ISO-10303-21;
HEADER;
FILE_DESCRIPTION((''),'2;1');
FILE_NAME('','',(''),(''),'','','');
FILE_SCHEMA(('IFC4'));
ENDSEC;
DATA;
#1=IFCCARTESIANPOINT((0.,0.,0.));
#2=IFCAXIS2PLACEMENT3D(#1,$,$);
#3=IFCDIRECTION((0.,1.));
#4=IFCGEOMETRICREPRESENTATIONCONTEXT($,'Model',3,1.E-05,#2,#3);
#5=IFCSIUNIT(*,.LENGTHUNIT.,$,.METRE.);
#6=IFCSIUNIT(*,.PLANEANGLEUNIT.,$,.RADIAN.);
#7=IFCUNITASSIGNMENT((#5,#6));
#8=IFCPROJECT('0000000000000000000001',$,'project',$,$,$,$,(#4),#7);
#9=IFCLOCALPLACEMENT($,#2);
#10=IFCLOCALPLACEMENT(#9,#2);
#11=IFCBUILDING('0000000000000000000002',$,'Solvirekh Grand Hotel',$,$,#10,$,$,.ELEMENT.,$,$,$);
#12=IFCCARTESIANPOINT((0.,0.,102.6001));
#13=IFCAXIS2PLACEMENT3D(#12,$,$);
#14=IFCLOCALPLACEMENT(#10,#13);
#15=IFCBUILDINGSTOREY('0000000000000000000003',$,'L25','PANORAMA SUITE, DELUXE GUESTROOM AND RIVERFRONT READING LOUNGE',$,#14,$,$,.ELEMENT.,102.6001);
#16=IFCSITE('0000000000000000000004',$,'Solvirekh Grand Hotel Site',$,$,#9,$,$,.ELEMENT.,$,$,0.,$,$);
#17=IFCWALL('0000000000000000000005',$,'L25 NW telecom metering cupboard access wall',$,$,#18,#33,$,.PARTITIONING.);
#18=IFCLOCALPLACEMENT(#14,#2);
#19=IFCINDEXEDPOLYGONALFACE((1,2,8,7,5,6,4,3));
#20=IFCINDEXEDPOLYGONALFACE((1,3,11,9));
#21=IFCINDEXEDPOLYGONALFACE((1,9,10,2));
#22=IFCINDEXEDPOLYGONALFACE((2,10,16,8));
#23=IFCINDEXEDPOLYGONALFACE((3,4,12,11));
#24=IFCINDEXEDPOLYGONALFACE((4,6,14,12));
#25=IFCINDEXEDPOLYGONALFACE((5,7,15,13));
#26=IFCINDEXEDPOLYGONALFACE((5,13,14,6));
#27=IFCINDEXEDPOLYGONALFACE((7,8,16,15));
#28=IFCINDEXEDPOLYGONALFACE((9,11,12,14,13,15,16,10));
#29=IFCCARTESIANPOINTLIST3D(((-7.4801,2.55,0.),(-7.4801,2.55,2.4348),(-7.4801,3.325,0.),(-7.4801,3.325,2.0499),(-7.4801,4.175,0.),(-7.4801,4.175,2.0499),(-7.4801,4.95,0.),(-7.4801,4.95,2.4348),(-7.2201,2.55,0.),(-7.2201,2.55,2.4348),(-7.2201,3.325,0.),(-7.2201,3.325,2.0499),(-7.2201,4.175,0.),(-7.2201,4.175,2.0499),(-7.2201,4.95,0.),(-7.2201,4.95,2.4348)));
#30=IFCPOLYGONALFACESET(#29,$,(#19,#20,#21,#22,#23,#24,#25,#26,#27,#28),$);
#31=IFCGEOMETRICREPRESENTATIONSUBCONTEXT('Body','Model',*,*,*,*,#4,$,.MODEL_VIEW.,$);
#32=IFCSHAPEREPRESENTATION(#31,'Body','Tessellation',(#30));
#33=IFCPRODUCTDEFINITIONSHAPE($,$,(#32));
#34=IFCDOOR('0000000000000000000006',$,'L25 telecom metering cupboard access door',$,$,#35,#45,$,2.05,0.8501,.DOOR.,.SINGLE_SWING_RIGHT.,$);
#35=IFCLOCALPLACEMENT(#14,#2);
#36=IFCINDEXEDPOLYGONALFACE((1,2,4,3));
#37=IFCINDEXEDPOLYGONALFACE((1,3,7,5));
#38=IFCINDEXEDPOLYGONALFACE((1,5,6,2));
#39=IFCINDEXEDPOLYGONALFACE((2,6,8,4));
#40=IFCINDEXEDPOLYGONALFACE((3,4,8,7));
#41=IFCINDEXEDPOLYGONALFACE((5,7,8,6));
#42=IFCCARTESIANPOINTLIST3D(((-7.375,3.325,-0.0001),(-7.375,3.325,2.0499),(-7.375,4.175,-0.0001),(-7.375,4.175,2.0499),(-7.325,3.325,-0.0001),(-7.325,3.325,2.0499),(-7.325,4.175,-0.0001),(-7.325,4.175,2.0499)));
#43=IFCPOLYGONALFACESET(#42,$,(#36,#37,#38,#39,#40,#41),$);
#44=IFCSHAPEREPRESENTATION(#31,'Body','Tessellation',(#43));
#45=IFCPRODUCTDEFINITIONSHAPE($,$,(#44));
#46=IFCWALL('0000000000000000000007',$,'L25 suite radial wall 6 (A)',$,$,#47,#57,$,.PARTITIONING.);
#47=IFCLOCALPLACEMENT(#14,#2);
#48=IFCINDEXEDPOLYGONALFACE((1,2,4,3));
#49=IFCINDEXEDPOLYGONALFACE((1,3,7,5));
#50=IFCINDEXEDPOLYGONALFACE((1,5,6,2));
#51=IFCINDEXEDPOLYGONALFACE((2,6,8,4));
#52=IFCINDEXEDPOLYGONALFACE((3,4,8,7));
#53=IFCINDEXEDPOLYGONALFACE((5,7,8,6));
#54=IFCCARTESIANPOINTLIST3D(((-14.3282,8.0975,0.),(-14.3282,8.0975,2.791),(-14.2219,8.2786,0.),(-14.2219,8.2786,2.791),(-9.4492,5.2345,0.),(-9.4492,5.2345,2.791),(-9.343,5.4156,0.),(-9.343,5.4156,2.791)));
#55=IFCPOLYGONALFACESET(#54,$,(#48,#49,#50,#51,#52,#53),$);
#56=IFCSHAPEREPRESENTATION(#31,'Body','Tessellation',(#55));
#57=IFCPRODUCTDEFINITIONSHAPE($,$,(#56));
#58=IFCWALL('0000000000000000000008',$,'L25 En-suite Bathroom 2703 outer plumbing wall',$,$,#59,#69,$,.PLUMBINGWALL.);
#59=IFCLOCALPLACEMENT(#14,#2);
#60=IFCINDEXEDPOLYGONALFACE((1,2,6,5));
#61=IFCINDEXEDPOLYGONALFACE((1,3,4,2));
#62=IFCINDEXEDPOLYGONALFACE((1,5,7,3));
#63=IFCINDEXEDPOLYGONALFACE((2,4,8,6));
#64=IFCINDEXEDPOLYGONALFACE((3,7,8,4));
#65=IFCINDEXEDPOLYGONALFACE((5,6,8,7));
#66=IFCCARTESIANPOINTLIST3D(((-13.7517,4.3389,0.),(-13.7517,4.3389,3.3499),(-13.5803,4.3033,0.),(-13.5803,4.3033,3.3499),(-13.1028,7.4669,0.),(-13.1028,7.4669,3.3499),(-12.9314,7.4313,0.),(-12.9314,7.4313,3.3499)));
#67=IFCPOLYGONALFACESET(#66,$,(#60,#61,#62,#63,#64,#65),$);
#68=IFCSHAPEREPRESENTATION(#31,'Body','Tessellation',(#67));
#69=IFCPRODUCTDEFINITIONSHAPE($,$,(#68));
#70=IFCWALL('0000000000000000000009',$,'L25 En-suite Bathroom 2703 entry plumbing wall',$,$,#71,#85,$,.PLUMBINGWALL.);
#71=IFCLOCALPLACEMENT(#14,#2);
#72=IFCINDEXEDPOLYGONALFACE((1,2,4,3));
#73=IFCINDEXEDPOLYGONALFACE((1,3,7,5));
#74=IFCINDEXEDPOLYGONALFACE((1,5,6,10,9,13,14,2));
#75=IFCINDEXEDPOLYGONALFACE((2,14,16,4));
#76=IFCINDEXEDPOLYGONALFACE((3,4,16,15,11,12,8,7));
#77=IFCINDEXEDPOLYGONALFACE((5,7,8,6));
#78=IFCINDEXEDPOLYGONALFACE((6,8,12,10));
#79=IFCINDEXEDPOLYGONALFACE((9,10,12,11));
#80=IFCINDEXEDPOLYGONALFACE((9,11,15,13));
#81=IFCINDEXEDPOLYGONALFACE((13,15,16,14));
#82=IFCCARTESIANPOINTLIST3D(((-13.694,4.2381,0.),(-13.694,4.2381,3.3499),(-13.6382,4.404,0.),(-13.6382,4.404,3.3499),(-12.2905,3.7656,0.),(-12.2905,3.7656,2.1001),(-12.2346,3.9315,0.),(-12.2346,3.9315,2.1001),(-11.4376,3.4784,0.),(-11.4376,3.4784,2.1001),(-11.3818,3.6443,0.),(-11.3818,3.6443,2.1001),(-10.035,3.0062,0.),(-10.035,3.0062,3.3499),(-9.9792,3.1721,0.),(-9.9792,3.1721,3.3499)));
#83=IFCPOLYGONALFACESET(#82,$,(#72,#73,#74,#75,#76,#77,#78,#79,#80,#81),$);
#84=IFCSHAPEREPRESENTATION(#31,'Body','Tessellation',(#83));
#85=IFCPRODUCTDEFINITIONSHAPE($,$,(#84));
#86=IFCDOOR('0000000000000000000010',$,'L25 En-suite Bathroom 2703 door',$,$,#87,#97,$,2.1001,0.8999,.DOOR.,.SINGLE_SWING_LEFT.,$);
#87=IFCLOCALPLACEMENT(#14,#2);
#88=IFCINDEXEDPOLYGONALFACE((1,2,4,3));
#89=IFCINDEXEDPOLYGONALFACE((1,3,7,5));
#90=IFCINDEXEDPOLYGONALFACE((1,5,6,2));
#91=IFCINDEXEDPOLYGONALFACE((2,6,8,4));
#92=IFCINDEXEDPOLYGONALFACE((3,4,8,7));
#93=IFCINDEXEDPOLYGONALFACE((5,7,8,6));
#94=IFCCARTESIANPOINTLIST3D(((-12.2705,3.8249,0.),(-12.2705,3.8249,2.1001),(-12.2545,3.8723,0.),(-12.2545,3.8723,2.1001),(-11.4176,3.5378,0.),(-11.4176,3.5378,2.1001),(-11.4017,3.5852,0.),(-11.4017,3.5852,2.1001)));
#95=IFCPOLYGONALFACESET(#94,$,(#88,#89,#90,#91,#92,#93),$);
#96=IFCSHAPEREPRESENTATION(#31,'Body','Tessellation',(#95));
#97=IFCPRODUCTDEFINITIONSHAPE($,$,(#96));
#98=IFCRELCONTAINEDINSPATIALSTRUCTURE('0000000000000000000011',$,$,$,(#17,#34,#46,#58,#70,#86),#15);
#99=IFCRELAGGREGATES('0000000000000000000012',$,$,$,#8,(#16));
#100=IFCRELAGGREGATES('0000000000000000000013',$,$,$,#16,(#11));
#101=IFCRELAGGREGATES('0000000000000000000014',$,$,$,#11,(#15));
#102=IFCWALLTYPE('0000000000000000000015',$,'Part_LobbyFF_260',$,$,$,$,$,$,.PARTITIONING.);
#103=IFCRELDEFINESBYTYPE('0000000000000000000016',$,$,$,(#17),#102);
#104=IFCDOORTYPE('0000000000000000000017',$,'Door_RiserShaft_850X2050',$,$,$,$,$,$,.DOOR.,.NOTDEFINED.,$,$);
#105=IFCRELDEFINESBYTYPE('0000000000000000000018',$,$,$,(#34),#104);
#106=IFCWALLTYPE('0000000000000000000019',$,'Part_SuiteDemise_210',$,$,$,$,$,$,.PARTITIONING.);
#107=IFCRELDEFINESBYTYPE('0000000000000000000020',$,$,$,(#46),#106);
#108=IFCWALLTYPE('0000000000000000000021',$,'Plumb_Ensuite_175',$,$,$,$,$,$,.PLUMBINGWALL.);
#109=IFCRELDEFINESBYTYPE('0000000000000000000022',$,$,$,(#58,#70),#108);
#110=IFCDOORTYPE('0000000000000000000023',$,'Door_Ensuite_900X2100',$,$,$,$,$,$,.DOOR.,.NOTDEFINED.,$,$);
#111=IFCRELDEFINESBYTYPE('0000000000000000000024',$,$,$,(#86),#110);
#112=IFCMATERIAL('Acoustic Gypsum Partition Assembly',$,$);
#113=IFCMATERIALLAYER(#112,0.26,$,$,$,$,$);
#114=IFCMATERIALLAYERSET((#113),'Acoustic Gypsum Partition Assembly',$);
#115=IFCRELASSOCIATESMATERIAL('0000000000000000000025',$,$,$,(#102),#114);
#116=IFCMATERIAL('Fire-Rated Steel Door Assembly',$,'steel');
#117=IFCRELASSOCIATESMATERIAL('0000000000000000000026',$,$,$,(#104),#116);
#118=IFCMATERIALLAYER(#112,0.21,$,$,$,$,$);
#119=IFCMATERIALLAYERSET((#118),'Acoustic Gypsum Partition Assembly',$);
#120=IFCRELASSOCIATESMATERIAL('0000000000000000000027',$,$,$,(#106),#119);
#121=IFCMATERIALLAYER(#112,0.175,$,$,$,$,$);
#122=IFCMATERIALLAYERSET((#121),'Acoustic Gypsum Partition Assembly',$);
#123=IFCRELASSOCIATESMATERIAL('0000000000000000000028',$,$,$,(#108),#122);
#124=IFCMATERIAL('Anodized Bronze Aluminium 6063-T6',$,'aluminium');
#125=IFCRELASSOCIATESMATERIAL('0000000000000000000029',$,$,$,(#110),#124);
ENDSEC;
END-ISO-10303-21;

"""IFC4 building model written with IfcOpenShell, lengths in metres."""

from ifc_helpers import new_model, si_unit, direction, frame, frame_2d, origin, place, context, subcontext, project, spatial, rectangle, extrude, material, layer, layer_set, type_object, element, fill, save


model = new_model("IFC4")

# Units and contexts
model_context = context("Model", 3, precision=1e-05, world=origin(), true_north=direction((0.0, 1.0)))
body_context = subcontext(model_context, "Body", "Model", "MODEL_VIEW")
ifc_project = project(units=[si_unit("LENGTHUNIT", "METRE"), si_unit("PLANEANGLEUNIT", "RADIAN")], contexts=[model_context])

# Site, building, storey
site_placement = place(None, origin())
site = spatial("IfcSite", under=ifc_project, at=site_placement, Name="Solvirekh Grand Hotel Site", CompositionType="ELEMENT", RefElevation=0.0)
building_placement = place(site_placement, origin())
building = spatial("IfcBuilding", under=site, at=building_placement, Name="Solvirekh Grand Hotel", CompositionType="ELEMENT")
storey_placement = place(building_placement, frame((0.0, 0.0, 102.6001)))
storey = spatial("IfcBuildingStorey", under=building, at=storey_placement, Name="L25", Description="PANORAMA SUITE, DELUXE GUESTROOM AND RIVERFRONT READING LOUNGE", CompositionType="ELEMENT", Elevation=102.6001)

# Shared definitions
ifc_material_1 = material(Name="Anodized Bronze Aluminium 6063-T6", Category="aluminium")

# Shared definitions
ifc_material_2 = material(Name="Acoustic Gypsum Partition Assembly")

# Shared definitions
ifc_material_3 = material(Name="Fire-Rated Steel Door Assembly", Category="steel")

# Shared definitions
ifc_layer_1 = layer(ifc_material_2, 0.26)
ifc_layer_set_1 = layer_set([ifc_layer_1], Name="Acoustic Gypsum Partition Assembly")
wall_type_1 = type_object("IfcWallType", Name="Part_LobbyFF_260", PredefinedType="PARTITIONING", material=ifc_layer_set_1)

# Wall, opening, door
wall_1_placement = place(storey_placement, frame((-7.3501, 2.55, 0.0), z_axis=(0.0, 0.0, 1.0), x_axis=(0.0, 1.0, 0.0)))
wall_1 = element("IfcWall", 1, at=wall_1_placement, inside=storey, type_object=wall_type_1, Name="L25 NW telecom metering cupboard access wall", PredefinedType="PARTITIONING", context=body_context, shape_type="SweptSolid", body=[
    extrude(rectangle(XDim=2.3999, YDim=0.26, at=frame_2d((1.2, 0.0))), origin(), (0.0, 0.0, 1.0), 2.4348),
])
opening_1_placement = place(wall_1_placement, frame((0.7749, 0.0, 0.0)))
opening_1 = element("IfcOpeningElement", 2, at=opening_1_placement, cuts=wall_1, PredefinedType="OPENING", context=body_context, shape_type="SweptSolid", body=[
    extrude(rectangle(XDim=0.8501, YDim=2.05, at=frame_2d((0.425, 1.0249))), frame((0.0, 0.1401, 0.0), z_axis=(0.0, -1.0, 0.0), x_axis=(1.0, 0.0, 0.0)), (0.0, 0.0, 1.0), 0.28),
])
door_type_1 = type_object("IfcDoorType", Name="Door_RiserShaft_850X2050", OperationType="NOTDEFINED", PredefinedType="DOOR", material=ifc_material_3)
door_1_placement = place(opening_1_placement, origin())
door_1 = element("IfcDoor", 3, at=door_1_placement, inside=storey, type_object=door_type_1, Name="L25 telecom metering cupboard access door", OperationType="SINGLE_SWING_RIGHT", OverallHeight=2.05, OverallWidth=0.8501, PredefinedType="DOOR", context=body_context, shape_type="SweptSolid", body=[
    extrude(rectangle(XDim=0.8501, YDim=2.05, at=frame_2d((0.425, 1.0249))), frame((0.0, 0.0249, 0.0), z_axis=(0.0, -1.0, 0.0), x_axis=(1.0, 0.0, 0.0)), (0.0, 0.0, 1.0), 0.05),
])
fill(opening_1, door_1)

# Walls
ifc_layer_2 = layer(ifc_material_2, 0.21)
ifc_layer_set_2 = layer_set([ifc_layer_2], Name="Acoustic Gypsum Partition Assembly")
wall_type_2 = type_object("IfcWallType", Name="Part_SuiteDemise_210", PredefinedType="PARTITIONING", material=ifc_layer_set_2)
wall_2_placement = place(storey_placement, frame((-9.396, 5.325, 0.0), z_axis=(0.0, 0.0, 1.0), x_axis=(-0.862467, 0.506113, 0.0)))
element("IfcWall", 4, at=wall_2_placement, inside=storey, type_object=wall_type_2, Name="L25 suite radial wall 6 (A)", PredefinedType="PARTITIONING", context=body_context, shape_type="SweptSolid", body=[
    extrude(rectangle(XDim=5.657, YDim=0.21, at=frame_2d((2.8286, 0.0))), origin(), (0.0, 0.0, 1.0), 2.791),
])
ifc_layer_3 = layer(ifc_material_2, 0.175)
ifc_layer_set_3 = layer_set([ifc_layer_3], Name="Acoustic Gypsum Partition Assembly")
wall_type_3 = type_object("IfcWallType", Name="Plumb_Ensuite_175", PredefinedType="PLUMBINGWALL", material=ifc_layer_set_3)
wall_3_placement = place(storey_placement, frame((-13.0171, 7.449, 0.0), z_axis=(0.0, 0.0, 1.0), x_axis=(-0.203136, -0.97915, 0.0)))
element("IfcWall", 5, at=wall_3_placement, inside=storey, type_object=wall_type_3, Name="L25 En-suite Bathroom 2703 outer plumbing wall", PredefinedType="PLUMBINGWALL", context=body_context, shape_type="SweptSolid", body=[
    extrude(rectangle(XDim=3.1946, YDim=0.175, at=frame_2d((1.5972, 0.0))), origin(), (0.0, 0.0, 1.0), 3.3499),
])

# Wall, opening, door
wall_4_placement = place(storey_placement, frame((-10.0071, 3.0891, 0.0), z_axis=(0.0, 0.0, 1.0), x_axis=(-0.947724, 0.319091, 0.0)))
wall_4 = element("IfcWall", 6, at=wall_4_placement, inside=storey, type_object=wall_type_3, Name="L25 En-suite Bathroom 2703 entry plumbing wall", PredefinedType="PLUMBINGWALL", context=body_context, shape_type="SweptSolid", body=[
    extrude(rectangle(XDim=3.8608, YDim=0.175, at=frame_2d((1.9304, 0.0))), origin(), (0.0, 0.0, 1.0), 3.3499),
])
opening_2_placement = place(wall_4_placement, frame((1.48, 0.0, 0.0)))
opening_2 = element("IfcOpeningElement", 7, at=opening_2_placement, cuts=wall_4, PredefinedType="OPENING", context=body_context, shape_type="SweptSolid", body=[
    extrude(rectangle(XDim=0.8999, YDim=2.1001, at=frame_2d((0.45, 1.05))), frame((0.0, 0.0977, 0.0), z_axis=(0.0, -1.0, 0.0), x_axis=(1.0, 0.0, 0.0)), (0.0, 0.0, 1.0), 0.1951),
])
door_type_2 = type_object("IfcDoorType", Name="Door_Ensuite_900X2100", OperationType="NOTDEFINED", PredefinedType="DOOR", material=ifc_material_1)
door_2_placement = place(opening_2_placement, origin())
door_2 = element("IfcDoor", 8, at=door_2_placement, inside=storey, type_object=door_type_2, Name="L25 En-suite Bathroom 2703 door", OperationType="SINGLE_SWING_LEFT", OverallHeight=2.1001, OverallWidth=0.8999, PredefinedType="DOOR", context=body_context, shape_type="SweptSolid", body=[
    extrude(rectangle(XDim=0.8999, YDim=2.1001, at=frame_2d((0.45, 1.05))), frame((0.0, 0.0249, 0.0), z_axis=(0.0, -1.0, 0.0), x_axis=(1.0, 0.0, 0.0)), (0.0, 0.0, 1.0), 0.05),
])
fill(opening_2, door_2)

save(model, "model.ifc")
